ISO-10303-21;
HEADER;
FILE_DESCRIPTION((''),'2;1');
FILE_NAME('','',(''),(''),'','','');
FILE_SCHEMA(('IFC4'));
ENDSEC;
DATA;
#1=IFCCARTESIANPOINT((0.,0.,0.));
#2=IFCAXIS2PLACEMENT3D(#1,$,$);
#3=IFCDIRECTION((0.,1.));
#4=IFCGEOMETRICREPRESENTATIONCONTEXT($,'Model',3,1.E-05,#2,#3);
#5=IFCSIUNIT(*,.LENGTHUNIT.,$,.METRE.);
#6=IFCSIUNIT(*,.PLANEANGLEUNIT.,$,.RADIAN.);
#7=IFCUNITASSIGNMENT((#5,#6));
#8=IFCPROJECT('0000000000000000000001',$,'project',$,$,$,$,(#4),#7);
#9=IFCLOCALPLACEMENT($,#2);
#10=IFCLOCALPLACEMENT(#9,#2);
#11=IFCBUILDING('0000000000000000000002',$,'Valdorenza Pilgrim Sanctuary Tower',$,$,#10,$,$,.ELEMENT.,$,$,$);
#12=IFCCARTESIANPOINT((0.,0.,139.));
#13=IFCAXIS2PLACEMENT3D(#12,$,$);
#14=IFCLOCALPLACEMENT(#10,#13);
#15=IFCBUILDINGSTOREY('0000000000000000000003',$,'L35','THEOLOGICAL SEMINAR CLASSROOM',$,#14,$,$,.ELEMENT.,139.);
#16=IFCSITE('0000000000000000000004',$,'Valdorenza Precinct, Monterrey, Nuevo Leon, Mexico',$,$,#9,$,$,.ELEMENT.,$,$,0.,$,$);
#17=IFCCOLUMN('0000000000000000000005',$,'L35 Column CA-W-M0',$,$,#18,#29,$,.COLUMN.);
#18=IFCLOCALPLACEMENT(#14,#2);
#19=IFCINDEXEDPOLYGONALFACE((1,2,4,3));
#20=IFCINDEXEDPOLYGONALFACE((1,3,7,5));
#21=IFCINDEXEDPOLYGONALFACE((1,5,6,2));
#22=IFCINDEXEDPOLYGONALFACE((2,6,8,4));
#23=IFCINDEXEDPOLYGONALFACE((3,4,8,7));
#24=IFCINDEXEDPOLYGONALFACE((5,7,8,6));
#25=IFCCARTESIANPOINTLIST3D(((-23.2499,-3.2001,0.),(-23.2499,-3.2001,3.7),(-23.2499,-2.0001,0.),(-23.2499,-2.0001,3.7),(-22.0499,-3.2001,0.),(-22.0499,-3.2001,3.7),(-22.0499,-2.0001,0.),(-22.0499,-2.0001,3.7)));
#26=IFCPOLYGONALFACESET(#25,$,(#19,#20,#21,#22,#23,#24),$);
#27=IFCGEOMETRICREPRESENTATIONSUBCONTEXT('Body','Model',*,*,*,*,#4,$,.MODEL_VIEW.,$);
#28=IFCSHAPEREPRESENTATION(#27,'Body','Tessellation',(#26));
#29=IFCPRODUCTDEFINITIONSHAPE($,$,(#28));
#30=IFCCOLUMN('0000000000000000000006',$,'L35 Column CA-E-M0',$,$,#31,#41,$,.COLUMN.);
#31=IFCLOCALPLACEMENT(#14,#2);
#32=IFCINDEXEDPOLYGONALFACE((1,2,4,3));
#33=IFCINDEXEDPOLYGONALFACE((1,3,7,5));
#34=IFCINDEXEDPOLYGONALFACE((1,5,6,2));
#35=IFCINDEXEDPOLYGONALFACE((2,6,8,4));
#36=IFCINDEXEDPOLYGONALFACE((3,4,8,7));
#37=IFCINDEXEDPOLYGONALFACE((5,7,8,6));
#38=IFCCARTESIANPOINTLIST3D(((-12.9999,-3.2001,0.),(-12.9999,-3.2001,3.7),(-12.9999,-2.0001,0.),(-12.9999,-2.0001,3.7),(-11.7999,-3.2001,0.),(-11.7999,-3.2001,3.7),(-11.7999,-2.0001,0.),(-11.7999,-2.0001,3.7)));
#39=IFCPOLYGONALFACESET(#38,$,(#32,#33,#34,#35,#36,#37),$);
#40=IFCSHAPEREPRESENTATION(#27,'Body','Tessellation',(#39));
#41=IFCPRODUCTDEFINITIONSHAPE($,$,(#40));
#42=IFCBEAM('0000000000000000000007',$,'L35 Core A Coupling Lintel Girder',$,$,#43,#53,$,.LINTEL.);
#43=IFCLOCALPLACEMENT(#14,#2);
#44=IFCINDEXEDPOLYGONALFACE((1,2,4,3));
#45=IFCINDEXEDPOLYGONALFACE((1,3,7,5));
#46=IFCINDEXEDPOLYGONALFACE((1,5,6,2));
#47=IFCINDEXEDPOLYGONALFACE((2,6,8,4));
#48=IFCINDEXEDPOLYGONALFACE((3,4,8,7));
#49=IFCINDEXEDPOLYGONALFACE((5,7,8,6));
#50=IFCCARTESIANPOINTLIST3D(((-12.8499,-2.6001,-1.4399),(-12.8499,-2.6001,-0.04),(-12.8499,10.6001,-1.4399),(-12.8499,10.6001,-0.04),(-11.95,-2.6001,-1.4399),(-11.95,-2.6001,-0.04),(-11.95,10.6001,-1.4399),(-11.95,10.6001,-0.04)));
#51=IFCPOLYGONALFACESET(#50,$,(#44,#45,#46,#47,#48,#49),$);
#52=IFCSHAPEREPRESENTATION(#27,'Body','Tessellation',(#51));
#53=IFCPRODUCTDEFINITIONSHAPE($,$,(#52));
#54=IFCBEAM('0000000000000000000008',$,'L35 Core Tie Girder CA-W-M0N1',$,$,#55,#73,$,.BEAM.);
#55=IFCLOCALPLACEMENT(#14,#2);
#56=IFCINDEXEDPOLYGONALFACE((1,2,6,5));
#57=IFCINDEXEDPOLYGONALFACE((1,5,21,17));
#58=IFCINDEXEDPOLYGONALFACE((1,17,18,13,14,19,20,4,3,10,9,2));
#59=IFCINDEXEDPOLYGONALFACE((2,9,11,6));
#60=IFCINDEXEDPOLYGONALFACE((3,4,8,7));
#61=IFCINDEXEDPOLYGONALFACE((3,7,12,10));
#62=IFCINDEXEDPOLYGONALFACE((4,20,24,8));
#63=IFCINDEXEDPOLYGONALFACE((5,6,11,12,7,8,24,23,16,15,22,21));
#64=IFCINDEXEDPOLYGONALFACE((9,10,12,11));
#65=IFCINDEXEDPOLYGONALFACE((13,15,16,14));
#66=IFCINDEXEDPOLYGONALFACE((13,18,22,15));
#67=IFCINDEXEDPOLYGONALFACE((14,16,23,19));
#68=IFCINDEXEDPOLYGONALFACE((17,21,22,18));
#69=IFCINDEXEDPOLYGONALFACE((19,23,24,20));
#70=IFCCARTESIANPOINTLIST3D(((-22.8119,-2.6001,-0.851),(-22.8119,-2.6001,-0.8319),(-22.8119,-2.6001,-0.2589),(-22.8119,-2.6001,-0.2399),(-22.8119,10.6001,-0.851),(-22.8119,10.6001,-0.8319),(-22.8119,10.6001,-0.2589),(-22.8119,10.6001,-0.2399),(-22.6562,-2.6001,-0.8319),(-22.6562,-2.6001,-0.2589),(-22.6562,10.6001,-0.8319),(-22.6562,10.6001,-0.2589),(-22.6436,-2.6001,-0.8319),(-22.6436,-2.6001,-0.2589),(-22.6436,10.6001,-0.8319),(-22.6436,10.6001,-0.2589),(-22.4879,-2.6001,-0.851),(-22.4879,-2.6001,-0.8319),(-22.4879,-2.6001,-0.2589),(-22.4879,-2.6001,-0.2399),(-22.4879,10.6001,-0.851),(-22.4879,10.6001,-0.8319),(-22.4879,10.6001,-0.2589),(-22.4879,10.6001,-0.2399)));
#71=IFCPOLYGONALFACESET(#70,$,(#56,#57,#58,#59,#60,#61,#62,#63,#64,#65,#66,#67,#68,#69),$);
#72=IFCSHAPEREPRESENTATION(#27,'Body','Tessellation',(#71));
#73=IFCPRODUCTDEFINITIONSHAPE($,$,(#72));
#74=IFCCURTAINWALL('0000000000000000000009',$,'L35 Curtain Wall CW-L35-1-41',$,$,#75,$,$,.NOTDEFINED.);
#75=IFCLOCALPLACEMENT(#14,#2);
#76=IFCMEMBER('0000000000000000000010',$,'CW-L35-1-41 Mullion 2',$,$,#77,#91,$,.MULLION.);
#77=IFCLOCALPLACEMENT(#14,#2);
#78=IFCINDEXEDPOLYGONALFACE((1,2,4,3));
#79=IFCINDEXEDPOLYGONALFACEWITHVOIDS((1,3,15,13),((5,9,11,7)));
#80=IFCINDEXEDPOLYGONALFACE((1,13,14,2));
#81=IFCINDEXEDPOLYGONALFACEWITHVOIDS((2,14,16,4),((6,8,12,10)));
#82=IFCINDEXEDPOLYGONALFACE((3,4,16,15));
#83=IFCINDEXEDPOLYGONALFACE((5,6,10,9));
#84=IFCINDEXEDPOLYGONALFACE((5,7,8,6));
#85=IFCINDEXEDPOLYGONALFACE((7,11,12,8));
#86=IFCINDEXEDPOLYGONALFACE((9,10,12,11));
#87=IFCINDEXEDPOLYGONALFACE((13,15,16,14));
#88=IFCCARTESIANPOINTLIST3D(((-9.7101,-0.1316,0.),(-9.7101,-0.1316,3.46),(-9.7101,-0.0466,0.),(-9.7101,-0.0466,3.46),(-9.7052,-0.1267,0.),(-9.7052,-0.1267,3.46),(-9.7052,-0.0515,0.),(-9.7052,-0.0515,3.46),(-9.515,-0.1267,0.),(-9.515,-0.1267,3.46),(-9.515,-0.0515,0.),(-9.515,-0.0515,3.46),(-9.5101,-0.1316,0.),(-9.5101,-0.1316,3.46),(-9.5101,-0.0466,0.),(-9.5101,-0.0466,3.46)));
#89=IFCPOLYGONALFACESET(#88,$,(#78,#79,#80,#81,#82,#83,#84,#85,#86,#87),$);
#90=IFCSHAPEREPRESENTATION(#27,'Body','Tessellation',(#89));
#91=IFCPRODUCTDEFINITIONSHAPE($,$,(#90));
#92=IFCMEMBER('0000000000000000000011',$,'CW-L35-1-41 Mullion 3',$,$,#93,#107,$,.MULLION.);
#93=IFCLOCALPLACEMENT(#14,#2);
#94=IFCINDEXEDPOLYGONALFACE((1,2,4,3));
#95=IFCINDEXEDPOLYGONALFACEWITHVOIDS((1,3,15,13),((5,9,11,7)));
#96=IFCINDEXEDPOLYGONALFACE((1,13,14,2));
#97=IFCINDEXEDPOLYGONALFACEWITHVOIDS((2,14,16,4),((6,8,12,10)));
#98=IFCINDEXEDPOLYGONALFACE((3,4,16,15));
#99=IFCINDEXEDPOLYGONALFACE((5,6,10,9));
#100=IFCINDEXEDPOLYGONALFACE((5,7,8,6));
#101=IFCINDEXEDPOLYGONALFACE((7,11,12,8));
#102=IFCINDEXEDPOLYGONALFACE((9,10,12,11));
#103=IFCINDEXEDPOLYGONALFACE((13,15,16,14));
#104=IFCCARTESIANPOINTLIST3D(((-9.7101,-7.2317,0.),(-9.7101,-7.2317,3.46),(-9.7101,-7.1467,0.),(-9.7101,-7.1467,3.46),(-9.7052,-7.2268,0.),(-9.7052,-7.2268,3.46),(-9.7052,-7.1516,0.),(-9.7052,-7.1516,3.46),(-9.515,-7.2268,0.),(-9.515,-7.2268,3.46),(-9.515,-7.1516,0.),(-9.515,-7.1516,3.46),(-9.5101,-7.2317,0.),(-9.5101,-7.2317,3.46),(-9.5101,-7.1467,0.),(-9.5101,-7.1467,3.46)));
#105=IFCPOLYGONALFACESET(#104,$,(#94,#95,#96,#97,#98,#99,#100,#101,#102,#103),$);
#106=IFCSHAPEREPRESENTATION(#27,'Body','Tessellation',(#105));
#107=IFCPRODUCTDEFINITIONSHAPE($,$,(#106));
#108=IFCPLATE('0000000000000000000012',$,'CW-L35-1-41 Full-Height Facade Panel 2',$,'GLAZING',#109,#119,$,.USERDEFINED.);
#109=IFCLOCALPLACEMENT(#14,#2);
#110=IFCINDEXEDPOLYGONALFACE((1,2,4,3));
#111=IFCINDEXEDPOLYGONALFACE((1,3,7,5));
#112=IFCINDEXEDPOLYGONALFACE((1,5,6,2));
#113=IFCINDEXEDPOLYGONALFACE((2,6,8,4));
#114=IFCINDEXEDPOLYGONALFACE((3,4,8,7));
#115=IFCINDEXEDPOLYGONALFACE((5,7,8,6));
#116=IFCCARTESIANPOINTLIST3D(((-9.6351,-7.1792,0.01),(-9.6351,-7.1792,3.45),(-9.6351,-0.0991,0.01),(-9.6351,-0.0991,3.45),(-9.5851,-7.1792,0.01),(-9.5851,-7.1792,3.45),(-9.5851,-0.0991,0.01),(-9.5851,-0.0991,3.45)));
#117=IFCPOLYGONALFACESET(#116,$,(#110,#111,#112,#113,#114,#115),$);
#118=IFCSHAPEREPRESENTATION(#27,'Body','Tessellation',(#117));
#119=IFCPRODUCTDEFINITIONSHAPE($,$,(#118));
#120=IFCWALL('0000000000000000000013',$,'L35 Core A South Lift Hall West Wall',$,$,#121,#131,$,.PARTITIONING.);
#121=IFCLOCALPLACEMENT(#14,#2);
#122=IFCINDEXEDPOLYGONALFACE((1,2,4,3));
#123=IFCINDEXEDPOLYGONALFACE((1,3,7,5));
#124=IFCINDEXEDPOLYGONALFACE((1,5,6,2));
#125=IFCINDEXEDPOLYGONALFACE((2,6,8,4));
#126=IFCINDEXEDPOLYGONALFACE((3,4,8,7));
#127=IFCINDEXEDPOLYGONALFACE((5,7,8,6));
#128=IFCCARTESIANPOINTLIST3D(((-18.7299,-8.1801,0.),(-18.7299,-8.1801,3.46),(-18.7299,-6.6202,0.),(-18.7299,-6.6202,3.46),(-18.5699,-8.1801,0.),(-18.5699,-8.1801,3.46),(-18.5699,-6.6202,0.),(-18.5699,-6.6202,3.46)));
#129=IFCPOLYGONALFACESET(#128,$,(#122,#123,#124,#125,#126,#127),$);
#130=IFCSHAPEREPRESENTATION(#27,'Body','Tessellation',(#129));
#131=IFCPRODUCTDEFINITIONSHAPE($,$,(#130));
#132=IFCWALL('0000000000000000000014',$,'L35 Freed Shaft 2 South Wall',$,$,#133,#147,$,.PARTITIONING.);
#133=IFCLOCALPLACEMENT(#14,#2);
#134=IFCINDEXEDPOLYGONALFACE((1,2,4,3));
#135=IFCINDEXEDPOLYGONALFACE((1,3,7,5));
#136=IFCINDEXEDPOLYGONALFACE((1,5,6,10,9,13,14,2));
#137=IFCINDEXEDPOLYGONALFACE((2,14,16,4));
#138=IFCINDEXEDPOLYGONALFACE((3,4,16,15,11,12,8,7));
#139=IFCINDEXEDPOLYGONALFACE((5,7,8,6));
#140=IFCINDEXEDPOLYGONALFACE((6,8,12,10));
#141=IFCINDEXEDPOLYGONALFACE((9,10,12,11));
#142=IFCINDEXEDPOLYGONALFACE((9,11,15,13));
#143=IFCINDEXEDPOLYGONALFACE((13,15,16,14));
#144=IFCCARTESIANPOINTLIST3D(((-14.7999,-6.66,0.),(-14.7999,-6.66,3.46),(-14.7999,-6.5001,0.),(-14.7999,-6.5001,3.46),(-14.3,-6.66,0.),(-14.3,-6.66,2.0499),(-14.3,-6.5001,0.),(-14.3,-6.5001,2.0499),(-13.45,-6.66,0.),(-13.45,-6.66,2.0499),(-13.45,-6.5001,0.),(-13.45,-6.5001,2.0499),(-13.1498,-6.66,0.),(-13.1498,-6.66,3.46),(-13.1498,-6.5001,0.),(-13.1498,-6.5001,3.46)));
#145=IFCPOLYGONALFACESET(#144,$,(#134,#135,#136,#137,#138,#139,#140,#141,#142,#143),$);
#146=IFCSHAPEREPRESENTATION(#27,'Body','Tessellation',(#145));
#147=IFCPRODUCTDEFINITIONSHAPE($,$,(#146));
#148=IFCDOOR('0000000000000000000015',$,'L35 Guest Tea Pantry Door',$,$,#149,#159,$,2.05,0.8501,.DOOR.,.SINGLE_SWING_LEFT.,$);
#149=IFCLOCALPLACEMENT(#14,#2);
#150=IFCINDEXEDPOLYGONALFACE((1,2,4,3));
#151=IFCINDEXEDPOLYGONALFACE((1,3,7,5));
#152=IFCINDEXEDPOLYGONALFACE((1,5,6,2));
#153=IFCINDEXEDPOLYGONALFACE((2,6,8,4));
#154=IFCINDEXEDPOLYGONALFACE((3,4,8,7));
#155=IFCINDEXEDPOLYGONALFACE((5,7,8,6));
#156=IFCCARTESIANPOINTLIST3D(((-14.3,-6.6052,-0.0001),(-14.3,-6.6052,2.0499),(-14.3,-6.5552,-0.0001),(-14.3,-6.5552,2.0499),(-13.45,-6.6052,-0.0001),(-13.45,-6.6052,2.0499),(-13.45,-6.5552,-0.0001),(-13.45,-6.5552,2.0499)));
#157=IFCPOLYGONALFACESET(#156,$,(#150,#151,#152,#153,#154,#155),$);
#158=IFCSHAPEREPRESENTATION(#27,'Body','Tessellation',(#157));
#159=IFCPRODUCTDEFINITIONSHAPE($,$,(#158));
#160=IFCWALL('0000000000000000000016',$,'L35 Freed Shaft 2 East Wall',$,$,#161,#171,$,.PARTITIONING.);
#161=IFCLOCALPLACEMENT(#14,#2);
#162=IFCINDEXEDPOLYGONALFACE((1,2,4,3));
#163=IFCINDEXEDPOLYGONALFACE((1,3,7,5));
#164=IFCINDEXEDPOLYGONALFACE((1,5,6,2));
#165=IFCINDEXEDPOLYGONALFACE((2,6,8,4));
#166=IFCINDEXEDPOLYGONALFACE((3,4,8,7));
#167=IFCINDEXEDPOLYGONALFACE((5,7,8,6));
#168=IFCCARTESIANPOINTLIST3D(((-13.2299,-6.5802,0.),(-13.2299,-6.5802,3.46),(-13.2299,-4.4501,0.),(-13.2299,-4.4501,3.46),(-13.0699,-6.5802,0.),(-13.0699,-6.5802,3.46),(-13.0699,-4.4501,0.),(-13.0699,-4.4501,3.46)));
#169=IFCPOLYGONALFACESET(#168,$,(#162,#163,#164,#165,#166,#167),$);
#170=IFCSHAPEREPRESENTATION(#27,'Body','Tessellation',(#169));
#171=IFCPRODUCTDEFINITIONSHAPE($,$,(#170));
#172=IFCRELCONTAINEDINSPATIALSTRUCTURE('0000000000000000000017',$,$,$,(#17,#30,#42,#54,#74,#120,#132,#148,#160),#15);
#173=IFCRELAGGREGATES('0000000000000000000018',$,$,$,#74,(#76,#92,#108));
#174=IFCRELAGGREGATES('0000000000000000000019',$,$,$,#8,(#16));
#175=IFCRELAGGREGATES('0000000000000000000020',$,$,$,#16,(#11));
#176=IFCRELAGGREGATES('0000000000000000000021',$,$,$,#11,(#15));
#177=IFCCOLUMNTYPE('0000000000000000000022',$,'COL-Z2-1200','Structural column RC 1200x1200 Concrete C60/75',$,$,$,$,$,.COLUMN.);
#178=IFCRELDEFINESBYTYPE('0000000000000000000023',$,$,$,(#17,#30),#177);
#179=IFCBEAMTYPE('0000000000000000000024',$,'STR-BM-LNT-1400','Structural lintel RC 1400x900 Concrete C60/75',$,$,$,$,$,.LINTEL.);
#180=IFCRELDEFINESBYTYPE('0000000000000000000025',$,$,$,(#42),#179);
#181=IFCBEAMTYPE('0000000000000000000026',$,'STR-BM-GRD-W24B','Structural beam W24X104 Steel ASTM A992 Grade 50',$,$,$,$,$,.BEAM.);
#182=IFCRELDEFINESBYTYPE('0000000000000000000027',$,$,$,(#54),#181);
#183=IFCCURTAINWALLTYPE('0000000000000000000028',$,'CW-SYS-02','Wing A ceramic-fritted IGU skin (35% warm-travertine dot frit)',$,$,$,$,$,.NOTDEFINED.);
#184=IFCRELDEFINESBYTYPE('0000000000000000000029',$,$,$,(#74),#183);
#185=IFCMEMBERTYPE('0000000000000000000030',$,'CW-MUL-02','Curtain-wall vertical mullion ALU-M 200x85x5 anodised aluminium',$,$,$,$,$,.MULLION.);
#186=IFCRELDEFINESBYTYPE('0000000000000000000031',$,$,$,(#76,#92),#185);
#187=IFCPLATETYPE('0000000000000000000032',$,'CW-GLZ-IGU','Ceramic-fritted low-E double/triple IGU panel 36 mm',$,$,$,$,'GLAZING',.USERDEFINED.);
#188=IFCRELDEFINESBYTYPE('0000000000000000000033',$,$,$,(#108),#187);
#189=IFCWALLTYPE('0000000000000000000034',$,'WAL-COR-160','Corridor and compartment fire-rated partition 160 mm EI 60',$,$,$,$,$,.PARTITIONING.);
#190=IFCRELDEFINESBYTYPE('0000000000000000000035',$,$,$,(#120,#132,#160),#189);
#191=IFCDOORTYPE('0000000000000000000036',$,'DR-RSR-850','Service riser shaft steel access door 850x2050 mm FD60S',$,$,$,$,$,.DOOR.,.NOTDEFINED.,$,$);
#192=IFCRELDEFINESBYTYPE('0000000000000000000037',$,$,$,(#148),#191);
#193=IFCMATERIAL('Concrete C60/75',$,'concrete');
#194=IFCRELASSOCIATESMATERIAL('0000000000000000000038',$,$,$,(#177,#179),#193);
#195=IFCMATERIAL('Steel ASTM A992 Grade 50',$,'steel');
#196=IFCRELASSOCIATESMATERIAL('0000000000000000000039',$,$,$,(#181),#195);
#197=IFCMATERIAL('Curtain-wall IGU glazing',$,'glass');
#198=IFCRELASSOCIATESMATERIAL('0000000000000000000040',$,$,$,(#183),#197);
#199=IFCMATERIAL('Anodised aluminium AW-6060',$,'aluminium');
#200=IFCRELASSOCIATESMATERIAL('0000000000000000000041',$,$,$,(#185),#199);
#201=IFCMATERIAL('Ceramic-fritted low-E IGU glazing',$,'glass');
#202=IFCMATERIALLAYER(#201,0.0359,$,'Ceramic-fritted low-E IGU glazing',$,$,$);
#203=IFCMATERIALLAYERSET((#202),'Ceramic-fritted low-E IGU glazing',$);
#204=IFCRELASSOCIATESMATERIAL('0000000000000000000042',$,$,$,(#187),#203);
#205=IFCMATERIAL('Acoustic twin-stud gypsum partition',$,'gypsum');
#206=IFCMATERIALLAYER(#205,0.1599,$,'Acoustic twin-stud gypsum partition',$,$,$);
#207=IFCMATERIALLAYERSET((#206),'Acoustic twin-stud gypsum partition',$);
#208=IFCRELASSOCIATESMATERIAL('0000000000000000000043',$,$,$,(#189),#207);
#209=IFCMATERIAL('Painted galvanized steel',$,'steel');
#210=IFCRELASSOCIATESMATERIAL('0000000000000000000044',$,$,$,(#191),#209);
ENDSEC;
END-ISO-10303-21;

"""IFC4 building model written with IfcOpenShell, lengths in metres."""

from ifc_helpers import new_model, si_unit, direction, frame, frame_2d, origin, origin_2d, place, context, subcontext, project, spatial, rectangle, hollow_rectangle, i_section, extrude, source, transform, mapped, material, layer, layer_set, material_profile, profile_set, type_object, element, fill, aggregate, save


model = new_model("IFC4")

# Units and contexts
model_context = context("Model", 3, precision=1e-05, world=origin(), true_north=direction((0.0, 1.0)))
body_context = subcontext(model_context, "Body", "Model", "MODEL_VIEW")
ifc_project = project(units=[si_unit("LENGTHUNIT", "METRE"), si_unit("PLANEANGLEUNIT", "RADIAN")], contexts=[model_context])

# Site, building, storey
site_placement = place(None, origin())
site = spatial("IfcSite", under=ifc_project, at=site_placement, Name="Valdorenza Precinct, Monterrey, Nuevo Leon, Mexico", CompositionType="ELEMENT", RefElevation=0.0)
building_placement = place(site_placement, origin())
building = spatial("IfcBuilding", under=site, at=building_placement, Name="Valdorenza Pilgrim Sanctuary Tower", CompositionType="ELEMENT")
storey_placement = place(building_placement, frame((0.0, 0.0, 139.0)))
storey = spatial("IfcBuildingStorey", under=building, at=storey_placement, Name="L35", Description="THEOLOGICAL SEMINAR CLASSROOM", CompositionType="ELEMENT", Elevation=139.0)

# Columns
ifc_material_1 = material(Name="Concrete C60/75", Category="concrete")
ifc_material_profile_1 = material_profile(ifc_material_1, rectangle(XDim=1.2, YDim=1.2, at=origin_2d()), Name="RC 1200x1200")
ifc_profile_set_1 = profile_set([ifc_material_profile_1], Name="Concrete C60/75")
column_type = type_object("IfcColumnType", Name="COL-Z2-1200", Description="Structural column RC 1200x1200 Concrete C60/75", PredefinedType="COLUMN", material=ifc_profile_set_1)
shared_shape_1 = source(origin(), body_context, "Body", "SweptSolid", [
    extrude(rectangle(XDim=1.2, YDim=1.2, at=origin_2d()), origin(), (0.0, 0.0, 1.0), 3.7),
])
for number, where, z_axis, x_axis, name in (
    (1, (-22.6499, -2.6001, 0.0), (0.0, 0.0, 1.0), (1.0, 0.0, 0.0), "L35 Column CA-W-M0"),
    (2, (-12.3999, -2.6001, 0.0), (0.0, 0.0, 1.0), (1.0, 0.0, 0.0), "L35 Column CA-E-M0"),
):
    element("IfcColumn", number, at=place(storey_placement, frame(where, z_axis=z_axis, x_axis=x_axis)), inside=storey, type_object=column_type, Name=name, PredefinedType="COLUMN", context=body_context, shape_type="MappedRepresentation", body=[
        mapped(shared_shape_1, transform((0.0, 0.0, 0.0), x_axis=(1.0, 0.0, 0.0), y_axis=(0.0, 1.0, 0.0), z_axis=(0.0, 0.0, 1.0), scale=1.0)),
    ])

# Beams
ifc_material_profile_2 = material_profile(ifc_material_1, rectangle(XDim=0.8999, YDim=1.3999, at=origin_2d()), Name="RC 1400x900")
ifc_profile_set_2 = profile_set([ifc_material_profile_2], Name="Concrete C60/75")
beam_type_1 = type_object("IfcBeamType", Name="STR-BM-LNT-1400", Description="Structural lintel RC 1400x900 Concrete C60/75", PredefinedType="LINTEL", material=ifc_profile_set_2)
shared_shape_2 = source(origin(), body_context, "Body", "SweptSolid", [
    extrude(rectangle(XDim=0.8999, YDim=1.3999, at=origin_2d()), origin(), (0.0, 0.0, 1.0), 13.2002),
])
beam_1_placement = place(storey_placement, frame((-12.3999, -2.6001, -0.74), z_axis=(0.0, 1.0, 0.0), x_axis=(-1.0, 0.0, 0.0)))
element("IfcBeam", 3, at=beam_1_placement, inside=storey, type_object=beam_type_1, Name="L35 Core A Coupling Lintel Girder", PredefinedType="LINTEL", context=body_context, shape_type="MappedRepresentation", body=[
    mapped(shared_shape_2, transform((0.0, 0.0, 0.0), x_axis=(1.0, 0.0, 0.0), y_axis=(0.0, 1.0, 0.0), z_axis=(0.0, 0.0, 1.0), scale=1.0)),
])
ifc_material_2 = material(Name="Steel ASTM A992 Grade 50", Category="steel")
ifc_material_profile_3 = material_profile(ifc_material_2, i_section(OverallWidth=0.324, OverallDepth=0.6111, WebThickness=0.0127, FlangeThickness=0.019, at=origin_2d()), Name="W24X104")
ifc_profile_set_3 = profile_set([ifc_material_profile_3], Name="Steel ASTM A992 Grade 50")
beam_type_2 = type_object("IfcBeamType", Name="STR-BM-GRD-W24B", Description="Structural beam W24X104 Steel ASTM A992 Grade 50", PredefinedType="BEAM", material=ifc_profile_set_3)
shared_shape_3 = source(origin(), body_context, "Body", "SweptSolid", [
    extrude(i_section(OverallWidth=0.324, OverallDepth=0.6111, WebThickness=0.0127, FlangeThickness=0.019, at=origin_2d()), origin(), (0.0, 0.0, 1.0), 13.2002),
])
beam_2_placement = place(storey_placement, frame((-22.6499, -2.6001, -0.5454), z_axis=(0.0, 1.0, 0.0), x_axis=(-1.0, 0.0, 0.0)))
element("IfcBeam", 4, at=beam_2_placement, inside=storey, type_object=beam_type_2, Name="L35 Core Tie Girder CA-W-M0N1", PredefinedType="BEAM", context=body_context, shape_type="MappedRepresentation", body=[
    mapped(shared_shape_3, transform((0.0, 0.0, 0.0), x_axis=(1.0, 0.0, 0.0), y_axis=(0.0, 1.0, 0.0), z_axis=(0.0, 0.0, 1.0), scale=1.0)),
])

# Curtain wall, members, plate
ifc_material_3 = material(Name="Curtain-wall IGU glazing", Category="glass")
curtain_wall_type = type_object("IfcCurtainWallType", Name="CW-SYS-02", Description="Wing A ceramic-fritted IGU skin (35% warm-travertine dot frit)", PredefinedType="NOTDEFINED", material=ifc_material_3)
curtain_wall_placement = place(storey_placement, origin())
curtain_wall = element("IfcCurtainWall", 5, at=curtain_wall_placement, inside=storey, type_object=curtain_wall_type, Name="L35 Curtain Wall CW-L35-1-41", PredefinedType="NOTDEFINED")
ifc_material_4 = material(Name="Anodised aluminium AW-6060", Category="aluminium")
ifc_material_profile_4 = material_profile(ifc_material_4, hollow_rectangle(XDim=0.085, YDim=0.2, WallThickness=0.0049, at=origin_2d()), Name="ALU-M 200x85x5")
ifc_profile_set_4 = profile_set([ifc_material_profile_4], Name="Anodised aluminium AW-6060")
member_type = type_object("IfcMemberType", Name="CW-MUL-02", Description="Curtain-wall vertical mullion ALU-M 200x85x5 anodised aluminium", PredefinedType="MULLION", material=ifc_profile_set_4)
shared_shape_4 = source(origin(), body_context, "Body", "SweptSolid", [
    extrude(hollow_rectangle(XDim=0.085, YDim=0.2, WallThickness=0.0049, at=origin_2d()), origin(), (0.0, 0.0, 1.0), 3.46),
])
member_1_placement = place(storey_placement, frame((-9.6101, -0.0891, 0.0), z_axis=(0.0, 0.0, 1.0), x_axis=(0.0, -1.0, 0.0)))
member_1 = element("IfcMember", 6, at=member_1_placement, type_object=member_type, Name="CW-L35-1-41 Mullion 2", PredefinedType="MULLION", context=body_context, shape_type="MappedRepresentation", body=[
    mapped(shared_shape_4, transform((0.0, 0.0, 0.0), x_axis=(1.0, 0.0, 0.0), y_axis=(0.0, 1.0, 0.0), z_axis=(0.0, 0.0, 1.0), scale=1.0)),
])
member_2_placement = place(storey_placement, frame((-9.6101, -7.1892, 0.0), z_axis=(0.0, 0.0, 1.0), x_axis=(0.0, -1.0, 0.0)))
member_2 = element("IfcMember", 7, at=member_2_placement, type_object=member_type, Name="CW-L35-1-41 Mullion 3", PredefinedType="MULLION", context=body_context, shape_type="MappedRepresentation", body=[
    mapped(shared_shape_4, transform((0.0, 0.0, 0.0), x_axis=(1.0, 0.0, 0.0), y_axis=(0.0, 1.0, 0.0), z_axis=(0.0, 0.0, 1.0), scale=1.0)),
])
ifc_material_5 = material(Name="Ceramic-fritted low-E IGU glazing", Category="glass")
ifc_layer_1 = layer(ifc_material_5, 0.0359, Name="Ceramic-fritted low-E IGU glazing")
ifc_layer_set_1 = layer_set([ifc_layer_1], Name="Ceramic-fritted low-E IGU glazing")
plate_type = type_object("IfcPlateType", Name="CW-GLZ-IGU", Description="Ceramic-fritted low-E double/triple IGU panel 36 mm", ElementType="GLAZING", PredefinedType="USERDEFINED", material=ifc_layer_set_1)
shared_shape_5 = source(origin(), body_context, "Body", "SweptSolid", [
    extrude(rectangle(XDim=7.0801, YDim=0.05, at=origin_2d()), origin(), (0.0, 0.0, 1.0), 3.4399),
])
plate_placement = place(storey_placement, frame((-9.6101, -3.6392, 0.01), z_axis=(0.0, 0.0, 1.0), x_axis=(0.0, -1.0, 0.0)))
plate = element("IfcPlate", 8, at=plate_placement, type_object=plate_type, Name="CW-L35-1-41 Full-Height Facade Panel 2", ObjectType="GLAZING", PredefinedType="USERDEFINED", context=body_context, shape_type="MappedRepresentation", body=[
    mapped(shared_shape_5, transform((0.0, 0.0, 0.0), x_axis=(1.0, 0.0, 0.0), y_axis=(0.0, 1.0, 0.0), z_axis=(0.0, 0.0, 1.0), scale=1.0)),
])
aggregate(curtain_wall, [member_1, member_2, plate])

# Wall
ifc_material_6 = material(Name="Acoustic twin-stud gypsum partition", Category="gypsum")
ifc_layer_2 = layer(ifc_material_6, 0.1599, Name="Acoustic twin-stud gypsum partition")
ifc_layer_set_2 = layer_set([ifc_layer_2], Name="Acoustic twin-stud gypsum partition")
wall_type_1 = type_object("IfcWallType", Name="WAL-COR-160", Description="Corridor and compartment fire-rated partition 160 mm EI 60", PredefinedType="PARTITIONING", material=ifc_layer_set_2)
wall_1_placement = place(storey_placement, frame((-18.6499, -8.1799, 0.0), z_axis=(0.0, 0.0, 1.0), x_axis=(0.0, 1.0, 0.0)))
element("IfcWall", 9, at=wall_1_placement, inside=storey, type_object=wall_type_1, Name="L35 Core A South Lift Hall West Wall", PredefinedType="PARTITIONING", context=body_context, shape_type="SweptSolid", body=[
    extrude(rectangle(XDim=1.5598, YDim=0.1599, at=frame_2d((0.7798, 0.0))), origin(), (0.0, 0.0, 1.0), 3.46),
])

# Wall, opening, door
wall_2_placement = place(storey_placement, frame((-14.8, -6.5801, 0.0), z_axis=(0.0, 0.0, 1.0), x_axis=(1.0, 0.0, 0.0)))
wall_2 = element("IfcWall", 10, at=wall_2_placement, inside=storey, type_object=wall_type_1, Name="L35 Freed Shaft 2 South Wall", PredefinedType="PARTITIONING", context=body_context, shape_type="SweptSolid", body=[
    extrude(rectangle(XDim=1.6501, YDim=0.1599, at=frame_2d((0.8252, 0.0))), origin(), (0.0, 0.0, 1.0), 3.46),
])
opening_1_placement = place(wall_2_placement, frame((0.5, 0.0, 0.0)))
opening_1 = element("IfcOpeningElement", 11, at=opening_1_placement, cuts=wall_2, PredefinedType="OPENING", context=body_context, shape_type="SweptSolid", body=[
    extrude(rectangle(XDim=0.8501, YDim=2.05, at=frame_2d((0.425, 1.0249))), frame((0.0, 0.0947, 0.0), z_axis=(0.0, -1.0, 0.0), x_axis=(1.0, 0.0, 0.0)), (0.0, 0.0, 1.0), 0.1897),
])
ifc_material_7 = material(Name="Painted galvanized steel", Category="steel")
door_type_1 = type_object("IfcDoorType", Name="DR-RSR-850", Description="Service riser shaft steel access door 850x2050 mm FD60S", OperationType="NOTDEFINED", PredefinedType="DOOR", material=ifc_material_7)
door_1_placement = place(opening_1_placement, origin())
door_1 = element("IfcDoor", 12, at=door_1_placement, inside=storey, type_object=door_type_1, Name="L35 Guest Tea Pantry Door", OperationType="SINGLE_SWING_LEFT", OverallHeight=2.05, OverallWidth=0.8501, PredefinedType="DOOR", context=body_context, shape_type="SweptSolid", body=[
    extrude(rectangle(XDim=0.8501, YDim=2.05, at=frame_2d((0.425, 1.0249))), frame((0.0, 0.0249, 0.0), z_axis=(0.0, -1.0, 0.0), x_axis=(1.0, 0.0, 0.0)), (0.0, 0.0, 1.0), 0.05),
])
fill(opening_1, door_1)

# Wall
wall_3_placement = place(storey_placement, frame((-13.1499, -6.5801, 0.0), z_axis=(0.0, 0.0, 1.0), x_axis=(0.0, 1.0, 0.0)))
element("IfcWall", 13, at=wall_3_placement, inside=storey, type_object=wall_type_1, Name="L35 Freed Shaft 2 East Wall", PredefinedType="PARTITIONING", context=body_context, shape_type="SweptSolid", body=[
    extrude(rectangle(XDim=2.1301, YDim=0.1599, at=frame_2d((1.0649, 0.0))), origin(), (0.0, 0.0, 1.0), 3.46),
])

save(model, "model.ifc")
